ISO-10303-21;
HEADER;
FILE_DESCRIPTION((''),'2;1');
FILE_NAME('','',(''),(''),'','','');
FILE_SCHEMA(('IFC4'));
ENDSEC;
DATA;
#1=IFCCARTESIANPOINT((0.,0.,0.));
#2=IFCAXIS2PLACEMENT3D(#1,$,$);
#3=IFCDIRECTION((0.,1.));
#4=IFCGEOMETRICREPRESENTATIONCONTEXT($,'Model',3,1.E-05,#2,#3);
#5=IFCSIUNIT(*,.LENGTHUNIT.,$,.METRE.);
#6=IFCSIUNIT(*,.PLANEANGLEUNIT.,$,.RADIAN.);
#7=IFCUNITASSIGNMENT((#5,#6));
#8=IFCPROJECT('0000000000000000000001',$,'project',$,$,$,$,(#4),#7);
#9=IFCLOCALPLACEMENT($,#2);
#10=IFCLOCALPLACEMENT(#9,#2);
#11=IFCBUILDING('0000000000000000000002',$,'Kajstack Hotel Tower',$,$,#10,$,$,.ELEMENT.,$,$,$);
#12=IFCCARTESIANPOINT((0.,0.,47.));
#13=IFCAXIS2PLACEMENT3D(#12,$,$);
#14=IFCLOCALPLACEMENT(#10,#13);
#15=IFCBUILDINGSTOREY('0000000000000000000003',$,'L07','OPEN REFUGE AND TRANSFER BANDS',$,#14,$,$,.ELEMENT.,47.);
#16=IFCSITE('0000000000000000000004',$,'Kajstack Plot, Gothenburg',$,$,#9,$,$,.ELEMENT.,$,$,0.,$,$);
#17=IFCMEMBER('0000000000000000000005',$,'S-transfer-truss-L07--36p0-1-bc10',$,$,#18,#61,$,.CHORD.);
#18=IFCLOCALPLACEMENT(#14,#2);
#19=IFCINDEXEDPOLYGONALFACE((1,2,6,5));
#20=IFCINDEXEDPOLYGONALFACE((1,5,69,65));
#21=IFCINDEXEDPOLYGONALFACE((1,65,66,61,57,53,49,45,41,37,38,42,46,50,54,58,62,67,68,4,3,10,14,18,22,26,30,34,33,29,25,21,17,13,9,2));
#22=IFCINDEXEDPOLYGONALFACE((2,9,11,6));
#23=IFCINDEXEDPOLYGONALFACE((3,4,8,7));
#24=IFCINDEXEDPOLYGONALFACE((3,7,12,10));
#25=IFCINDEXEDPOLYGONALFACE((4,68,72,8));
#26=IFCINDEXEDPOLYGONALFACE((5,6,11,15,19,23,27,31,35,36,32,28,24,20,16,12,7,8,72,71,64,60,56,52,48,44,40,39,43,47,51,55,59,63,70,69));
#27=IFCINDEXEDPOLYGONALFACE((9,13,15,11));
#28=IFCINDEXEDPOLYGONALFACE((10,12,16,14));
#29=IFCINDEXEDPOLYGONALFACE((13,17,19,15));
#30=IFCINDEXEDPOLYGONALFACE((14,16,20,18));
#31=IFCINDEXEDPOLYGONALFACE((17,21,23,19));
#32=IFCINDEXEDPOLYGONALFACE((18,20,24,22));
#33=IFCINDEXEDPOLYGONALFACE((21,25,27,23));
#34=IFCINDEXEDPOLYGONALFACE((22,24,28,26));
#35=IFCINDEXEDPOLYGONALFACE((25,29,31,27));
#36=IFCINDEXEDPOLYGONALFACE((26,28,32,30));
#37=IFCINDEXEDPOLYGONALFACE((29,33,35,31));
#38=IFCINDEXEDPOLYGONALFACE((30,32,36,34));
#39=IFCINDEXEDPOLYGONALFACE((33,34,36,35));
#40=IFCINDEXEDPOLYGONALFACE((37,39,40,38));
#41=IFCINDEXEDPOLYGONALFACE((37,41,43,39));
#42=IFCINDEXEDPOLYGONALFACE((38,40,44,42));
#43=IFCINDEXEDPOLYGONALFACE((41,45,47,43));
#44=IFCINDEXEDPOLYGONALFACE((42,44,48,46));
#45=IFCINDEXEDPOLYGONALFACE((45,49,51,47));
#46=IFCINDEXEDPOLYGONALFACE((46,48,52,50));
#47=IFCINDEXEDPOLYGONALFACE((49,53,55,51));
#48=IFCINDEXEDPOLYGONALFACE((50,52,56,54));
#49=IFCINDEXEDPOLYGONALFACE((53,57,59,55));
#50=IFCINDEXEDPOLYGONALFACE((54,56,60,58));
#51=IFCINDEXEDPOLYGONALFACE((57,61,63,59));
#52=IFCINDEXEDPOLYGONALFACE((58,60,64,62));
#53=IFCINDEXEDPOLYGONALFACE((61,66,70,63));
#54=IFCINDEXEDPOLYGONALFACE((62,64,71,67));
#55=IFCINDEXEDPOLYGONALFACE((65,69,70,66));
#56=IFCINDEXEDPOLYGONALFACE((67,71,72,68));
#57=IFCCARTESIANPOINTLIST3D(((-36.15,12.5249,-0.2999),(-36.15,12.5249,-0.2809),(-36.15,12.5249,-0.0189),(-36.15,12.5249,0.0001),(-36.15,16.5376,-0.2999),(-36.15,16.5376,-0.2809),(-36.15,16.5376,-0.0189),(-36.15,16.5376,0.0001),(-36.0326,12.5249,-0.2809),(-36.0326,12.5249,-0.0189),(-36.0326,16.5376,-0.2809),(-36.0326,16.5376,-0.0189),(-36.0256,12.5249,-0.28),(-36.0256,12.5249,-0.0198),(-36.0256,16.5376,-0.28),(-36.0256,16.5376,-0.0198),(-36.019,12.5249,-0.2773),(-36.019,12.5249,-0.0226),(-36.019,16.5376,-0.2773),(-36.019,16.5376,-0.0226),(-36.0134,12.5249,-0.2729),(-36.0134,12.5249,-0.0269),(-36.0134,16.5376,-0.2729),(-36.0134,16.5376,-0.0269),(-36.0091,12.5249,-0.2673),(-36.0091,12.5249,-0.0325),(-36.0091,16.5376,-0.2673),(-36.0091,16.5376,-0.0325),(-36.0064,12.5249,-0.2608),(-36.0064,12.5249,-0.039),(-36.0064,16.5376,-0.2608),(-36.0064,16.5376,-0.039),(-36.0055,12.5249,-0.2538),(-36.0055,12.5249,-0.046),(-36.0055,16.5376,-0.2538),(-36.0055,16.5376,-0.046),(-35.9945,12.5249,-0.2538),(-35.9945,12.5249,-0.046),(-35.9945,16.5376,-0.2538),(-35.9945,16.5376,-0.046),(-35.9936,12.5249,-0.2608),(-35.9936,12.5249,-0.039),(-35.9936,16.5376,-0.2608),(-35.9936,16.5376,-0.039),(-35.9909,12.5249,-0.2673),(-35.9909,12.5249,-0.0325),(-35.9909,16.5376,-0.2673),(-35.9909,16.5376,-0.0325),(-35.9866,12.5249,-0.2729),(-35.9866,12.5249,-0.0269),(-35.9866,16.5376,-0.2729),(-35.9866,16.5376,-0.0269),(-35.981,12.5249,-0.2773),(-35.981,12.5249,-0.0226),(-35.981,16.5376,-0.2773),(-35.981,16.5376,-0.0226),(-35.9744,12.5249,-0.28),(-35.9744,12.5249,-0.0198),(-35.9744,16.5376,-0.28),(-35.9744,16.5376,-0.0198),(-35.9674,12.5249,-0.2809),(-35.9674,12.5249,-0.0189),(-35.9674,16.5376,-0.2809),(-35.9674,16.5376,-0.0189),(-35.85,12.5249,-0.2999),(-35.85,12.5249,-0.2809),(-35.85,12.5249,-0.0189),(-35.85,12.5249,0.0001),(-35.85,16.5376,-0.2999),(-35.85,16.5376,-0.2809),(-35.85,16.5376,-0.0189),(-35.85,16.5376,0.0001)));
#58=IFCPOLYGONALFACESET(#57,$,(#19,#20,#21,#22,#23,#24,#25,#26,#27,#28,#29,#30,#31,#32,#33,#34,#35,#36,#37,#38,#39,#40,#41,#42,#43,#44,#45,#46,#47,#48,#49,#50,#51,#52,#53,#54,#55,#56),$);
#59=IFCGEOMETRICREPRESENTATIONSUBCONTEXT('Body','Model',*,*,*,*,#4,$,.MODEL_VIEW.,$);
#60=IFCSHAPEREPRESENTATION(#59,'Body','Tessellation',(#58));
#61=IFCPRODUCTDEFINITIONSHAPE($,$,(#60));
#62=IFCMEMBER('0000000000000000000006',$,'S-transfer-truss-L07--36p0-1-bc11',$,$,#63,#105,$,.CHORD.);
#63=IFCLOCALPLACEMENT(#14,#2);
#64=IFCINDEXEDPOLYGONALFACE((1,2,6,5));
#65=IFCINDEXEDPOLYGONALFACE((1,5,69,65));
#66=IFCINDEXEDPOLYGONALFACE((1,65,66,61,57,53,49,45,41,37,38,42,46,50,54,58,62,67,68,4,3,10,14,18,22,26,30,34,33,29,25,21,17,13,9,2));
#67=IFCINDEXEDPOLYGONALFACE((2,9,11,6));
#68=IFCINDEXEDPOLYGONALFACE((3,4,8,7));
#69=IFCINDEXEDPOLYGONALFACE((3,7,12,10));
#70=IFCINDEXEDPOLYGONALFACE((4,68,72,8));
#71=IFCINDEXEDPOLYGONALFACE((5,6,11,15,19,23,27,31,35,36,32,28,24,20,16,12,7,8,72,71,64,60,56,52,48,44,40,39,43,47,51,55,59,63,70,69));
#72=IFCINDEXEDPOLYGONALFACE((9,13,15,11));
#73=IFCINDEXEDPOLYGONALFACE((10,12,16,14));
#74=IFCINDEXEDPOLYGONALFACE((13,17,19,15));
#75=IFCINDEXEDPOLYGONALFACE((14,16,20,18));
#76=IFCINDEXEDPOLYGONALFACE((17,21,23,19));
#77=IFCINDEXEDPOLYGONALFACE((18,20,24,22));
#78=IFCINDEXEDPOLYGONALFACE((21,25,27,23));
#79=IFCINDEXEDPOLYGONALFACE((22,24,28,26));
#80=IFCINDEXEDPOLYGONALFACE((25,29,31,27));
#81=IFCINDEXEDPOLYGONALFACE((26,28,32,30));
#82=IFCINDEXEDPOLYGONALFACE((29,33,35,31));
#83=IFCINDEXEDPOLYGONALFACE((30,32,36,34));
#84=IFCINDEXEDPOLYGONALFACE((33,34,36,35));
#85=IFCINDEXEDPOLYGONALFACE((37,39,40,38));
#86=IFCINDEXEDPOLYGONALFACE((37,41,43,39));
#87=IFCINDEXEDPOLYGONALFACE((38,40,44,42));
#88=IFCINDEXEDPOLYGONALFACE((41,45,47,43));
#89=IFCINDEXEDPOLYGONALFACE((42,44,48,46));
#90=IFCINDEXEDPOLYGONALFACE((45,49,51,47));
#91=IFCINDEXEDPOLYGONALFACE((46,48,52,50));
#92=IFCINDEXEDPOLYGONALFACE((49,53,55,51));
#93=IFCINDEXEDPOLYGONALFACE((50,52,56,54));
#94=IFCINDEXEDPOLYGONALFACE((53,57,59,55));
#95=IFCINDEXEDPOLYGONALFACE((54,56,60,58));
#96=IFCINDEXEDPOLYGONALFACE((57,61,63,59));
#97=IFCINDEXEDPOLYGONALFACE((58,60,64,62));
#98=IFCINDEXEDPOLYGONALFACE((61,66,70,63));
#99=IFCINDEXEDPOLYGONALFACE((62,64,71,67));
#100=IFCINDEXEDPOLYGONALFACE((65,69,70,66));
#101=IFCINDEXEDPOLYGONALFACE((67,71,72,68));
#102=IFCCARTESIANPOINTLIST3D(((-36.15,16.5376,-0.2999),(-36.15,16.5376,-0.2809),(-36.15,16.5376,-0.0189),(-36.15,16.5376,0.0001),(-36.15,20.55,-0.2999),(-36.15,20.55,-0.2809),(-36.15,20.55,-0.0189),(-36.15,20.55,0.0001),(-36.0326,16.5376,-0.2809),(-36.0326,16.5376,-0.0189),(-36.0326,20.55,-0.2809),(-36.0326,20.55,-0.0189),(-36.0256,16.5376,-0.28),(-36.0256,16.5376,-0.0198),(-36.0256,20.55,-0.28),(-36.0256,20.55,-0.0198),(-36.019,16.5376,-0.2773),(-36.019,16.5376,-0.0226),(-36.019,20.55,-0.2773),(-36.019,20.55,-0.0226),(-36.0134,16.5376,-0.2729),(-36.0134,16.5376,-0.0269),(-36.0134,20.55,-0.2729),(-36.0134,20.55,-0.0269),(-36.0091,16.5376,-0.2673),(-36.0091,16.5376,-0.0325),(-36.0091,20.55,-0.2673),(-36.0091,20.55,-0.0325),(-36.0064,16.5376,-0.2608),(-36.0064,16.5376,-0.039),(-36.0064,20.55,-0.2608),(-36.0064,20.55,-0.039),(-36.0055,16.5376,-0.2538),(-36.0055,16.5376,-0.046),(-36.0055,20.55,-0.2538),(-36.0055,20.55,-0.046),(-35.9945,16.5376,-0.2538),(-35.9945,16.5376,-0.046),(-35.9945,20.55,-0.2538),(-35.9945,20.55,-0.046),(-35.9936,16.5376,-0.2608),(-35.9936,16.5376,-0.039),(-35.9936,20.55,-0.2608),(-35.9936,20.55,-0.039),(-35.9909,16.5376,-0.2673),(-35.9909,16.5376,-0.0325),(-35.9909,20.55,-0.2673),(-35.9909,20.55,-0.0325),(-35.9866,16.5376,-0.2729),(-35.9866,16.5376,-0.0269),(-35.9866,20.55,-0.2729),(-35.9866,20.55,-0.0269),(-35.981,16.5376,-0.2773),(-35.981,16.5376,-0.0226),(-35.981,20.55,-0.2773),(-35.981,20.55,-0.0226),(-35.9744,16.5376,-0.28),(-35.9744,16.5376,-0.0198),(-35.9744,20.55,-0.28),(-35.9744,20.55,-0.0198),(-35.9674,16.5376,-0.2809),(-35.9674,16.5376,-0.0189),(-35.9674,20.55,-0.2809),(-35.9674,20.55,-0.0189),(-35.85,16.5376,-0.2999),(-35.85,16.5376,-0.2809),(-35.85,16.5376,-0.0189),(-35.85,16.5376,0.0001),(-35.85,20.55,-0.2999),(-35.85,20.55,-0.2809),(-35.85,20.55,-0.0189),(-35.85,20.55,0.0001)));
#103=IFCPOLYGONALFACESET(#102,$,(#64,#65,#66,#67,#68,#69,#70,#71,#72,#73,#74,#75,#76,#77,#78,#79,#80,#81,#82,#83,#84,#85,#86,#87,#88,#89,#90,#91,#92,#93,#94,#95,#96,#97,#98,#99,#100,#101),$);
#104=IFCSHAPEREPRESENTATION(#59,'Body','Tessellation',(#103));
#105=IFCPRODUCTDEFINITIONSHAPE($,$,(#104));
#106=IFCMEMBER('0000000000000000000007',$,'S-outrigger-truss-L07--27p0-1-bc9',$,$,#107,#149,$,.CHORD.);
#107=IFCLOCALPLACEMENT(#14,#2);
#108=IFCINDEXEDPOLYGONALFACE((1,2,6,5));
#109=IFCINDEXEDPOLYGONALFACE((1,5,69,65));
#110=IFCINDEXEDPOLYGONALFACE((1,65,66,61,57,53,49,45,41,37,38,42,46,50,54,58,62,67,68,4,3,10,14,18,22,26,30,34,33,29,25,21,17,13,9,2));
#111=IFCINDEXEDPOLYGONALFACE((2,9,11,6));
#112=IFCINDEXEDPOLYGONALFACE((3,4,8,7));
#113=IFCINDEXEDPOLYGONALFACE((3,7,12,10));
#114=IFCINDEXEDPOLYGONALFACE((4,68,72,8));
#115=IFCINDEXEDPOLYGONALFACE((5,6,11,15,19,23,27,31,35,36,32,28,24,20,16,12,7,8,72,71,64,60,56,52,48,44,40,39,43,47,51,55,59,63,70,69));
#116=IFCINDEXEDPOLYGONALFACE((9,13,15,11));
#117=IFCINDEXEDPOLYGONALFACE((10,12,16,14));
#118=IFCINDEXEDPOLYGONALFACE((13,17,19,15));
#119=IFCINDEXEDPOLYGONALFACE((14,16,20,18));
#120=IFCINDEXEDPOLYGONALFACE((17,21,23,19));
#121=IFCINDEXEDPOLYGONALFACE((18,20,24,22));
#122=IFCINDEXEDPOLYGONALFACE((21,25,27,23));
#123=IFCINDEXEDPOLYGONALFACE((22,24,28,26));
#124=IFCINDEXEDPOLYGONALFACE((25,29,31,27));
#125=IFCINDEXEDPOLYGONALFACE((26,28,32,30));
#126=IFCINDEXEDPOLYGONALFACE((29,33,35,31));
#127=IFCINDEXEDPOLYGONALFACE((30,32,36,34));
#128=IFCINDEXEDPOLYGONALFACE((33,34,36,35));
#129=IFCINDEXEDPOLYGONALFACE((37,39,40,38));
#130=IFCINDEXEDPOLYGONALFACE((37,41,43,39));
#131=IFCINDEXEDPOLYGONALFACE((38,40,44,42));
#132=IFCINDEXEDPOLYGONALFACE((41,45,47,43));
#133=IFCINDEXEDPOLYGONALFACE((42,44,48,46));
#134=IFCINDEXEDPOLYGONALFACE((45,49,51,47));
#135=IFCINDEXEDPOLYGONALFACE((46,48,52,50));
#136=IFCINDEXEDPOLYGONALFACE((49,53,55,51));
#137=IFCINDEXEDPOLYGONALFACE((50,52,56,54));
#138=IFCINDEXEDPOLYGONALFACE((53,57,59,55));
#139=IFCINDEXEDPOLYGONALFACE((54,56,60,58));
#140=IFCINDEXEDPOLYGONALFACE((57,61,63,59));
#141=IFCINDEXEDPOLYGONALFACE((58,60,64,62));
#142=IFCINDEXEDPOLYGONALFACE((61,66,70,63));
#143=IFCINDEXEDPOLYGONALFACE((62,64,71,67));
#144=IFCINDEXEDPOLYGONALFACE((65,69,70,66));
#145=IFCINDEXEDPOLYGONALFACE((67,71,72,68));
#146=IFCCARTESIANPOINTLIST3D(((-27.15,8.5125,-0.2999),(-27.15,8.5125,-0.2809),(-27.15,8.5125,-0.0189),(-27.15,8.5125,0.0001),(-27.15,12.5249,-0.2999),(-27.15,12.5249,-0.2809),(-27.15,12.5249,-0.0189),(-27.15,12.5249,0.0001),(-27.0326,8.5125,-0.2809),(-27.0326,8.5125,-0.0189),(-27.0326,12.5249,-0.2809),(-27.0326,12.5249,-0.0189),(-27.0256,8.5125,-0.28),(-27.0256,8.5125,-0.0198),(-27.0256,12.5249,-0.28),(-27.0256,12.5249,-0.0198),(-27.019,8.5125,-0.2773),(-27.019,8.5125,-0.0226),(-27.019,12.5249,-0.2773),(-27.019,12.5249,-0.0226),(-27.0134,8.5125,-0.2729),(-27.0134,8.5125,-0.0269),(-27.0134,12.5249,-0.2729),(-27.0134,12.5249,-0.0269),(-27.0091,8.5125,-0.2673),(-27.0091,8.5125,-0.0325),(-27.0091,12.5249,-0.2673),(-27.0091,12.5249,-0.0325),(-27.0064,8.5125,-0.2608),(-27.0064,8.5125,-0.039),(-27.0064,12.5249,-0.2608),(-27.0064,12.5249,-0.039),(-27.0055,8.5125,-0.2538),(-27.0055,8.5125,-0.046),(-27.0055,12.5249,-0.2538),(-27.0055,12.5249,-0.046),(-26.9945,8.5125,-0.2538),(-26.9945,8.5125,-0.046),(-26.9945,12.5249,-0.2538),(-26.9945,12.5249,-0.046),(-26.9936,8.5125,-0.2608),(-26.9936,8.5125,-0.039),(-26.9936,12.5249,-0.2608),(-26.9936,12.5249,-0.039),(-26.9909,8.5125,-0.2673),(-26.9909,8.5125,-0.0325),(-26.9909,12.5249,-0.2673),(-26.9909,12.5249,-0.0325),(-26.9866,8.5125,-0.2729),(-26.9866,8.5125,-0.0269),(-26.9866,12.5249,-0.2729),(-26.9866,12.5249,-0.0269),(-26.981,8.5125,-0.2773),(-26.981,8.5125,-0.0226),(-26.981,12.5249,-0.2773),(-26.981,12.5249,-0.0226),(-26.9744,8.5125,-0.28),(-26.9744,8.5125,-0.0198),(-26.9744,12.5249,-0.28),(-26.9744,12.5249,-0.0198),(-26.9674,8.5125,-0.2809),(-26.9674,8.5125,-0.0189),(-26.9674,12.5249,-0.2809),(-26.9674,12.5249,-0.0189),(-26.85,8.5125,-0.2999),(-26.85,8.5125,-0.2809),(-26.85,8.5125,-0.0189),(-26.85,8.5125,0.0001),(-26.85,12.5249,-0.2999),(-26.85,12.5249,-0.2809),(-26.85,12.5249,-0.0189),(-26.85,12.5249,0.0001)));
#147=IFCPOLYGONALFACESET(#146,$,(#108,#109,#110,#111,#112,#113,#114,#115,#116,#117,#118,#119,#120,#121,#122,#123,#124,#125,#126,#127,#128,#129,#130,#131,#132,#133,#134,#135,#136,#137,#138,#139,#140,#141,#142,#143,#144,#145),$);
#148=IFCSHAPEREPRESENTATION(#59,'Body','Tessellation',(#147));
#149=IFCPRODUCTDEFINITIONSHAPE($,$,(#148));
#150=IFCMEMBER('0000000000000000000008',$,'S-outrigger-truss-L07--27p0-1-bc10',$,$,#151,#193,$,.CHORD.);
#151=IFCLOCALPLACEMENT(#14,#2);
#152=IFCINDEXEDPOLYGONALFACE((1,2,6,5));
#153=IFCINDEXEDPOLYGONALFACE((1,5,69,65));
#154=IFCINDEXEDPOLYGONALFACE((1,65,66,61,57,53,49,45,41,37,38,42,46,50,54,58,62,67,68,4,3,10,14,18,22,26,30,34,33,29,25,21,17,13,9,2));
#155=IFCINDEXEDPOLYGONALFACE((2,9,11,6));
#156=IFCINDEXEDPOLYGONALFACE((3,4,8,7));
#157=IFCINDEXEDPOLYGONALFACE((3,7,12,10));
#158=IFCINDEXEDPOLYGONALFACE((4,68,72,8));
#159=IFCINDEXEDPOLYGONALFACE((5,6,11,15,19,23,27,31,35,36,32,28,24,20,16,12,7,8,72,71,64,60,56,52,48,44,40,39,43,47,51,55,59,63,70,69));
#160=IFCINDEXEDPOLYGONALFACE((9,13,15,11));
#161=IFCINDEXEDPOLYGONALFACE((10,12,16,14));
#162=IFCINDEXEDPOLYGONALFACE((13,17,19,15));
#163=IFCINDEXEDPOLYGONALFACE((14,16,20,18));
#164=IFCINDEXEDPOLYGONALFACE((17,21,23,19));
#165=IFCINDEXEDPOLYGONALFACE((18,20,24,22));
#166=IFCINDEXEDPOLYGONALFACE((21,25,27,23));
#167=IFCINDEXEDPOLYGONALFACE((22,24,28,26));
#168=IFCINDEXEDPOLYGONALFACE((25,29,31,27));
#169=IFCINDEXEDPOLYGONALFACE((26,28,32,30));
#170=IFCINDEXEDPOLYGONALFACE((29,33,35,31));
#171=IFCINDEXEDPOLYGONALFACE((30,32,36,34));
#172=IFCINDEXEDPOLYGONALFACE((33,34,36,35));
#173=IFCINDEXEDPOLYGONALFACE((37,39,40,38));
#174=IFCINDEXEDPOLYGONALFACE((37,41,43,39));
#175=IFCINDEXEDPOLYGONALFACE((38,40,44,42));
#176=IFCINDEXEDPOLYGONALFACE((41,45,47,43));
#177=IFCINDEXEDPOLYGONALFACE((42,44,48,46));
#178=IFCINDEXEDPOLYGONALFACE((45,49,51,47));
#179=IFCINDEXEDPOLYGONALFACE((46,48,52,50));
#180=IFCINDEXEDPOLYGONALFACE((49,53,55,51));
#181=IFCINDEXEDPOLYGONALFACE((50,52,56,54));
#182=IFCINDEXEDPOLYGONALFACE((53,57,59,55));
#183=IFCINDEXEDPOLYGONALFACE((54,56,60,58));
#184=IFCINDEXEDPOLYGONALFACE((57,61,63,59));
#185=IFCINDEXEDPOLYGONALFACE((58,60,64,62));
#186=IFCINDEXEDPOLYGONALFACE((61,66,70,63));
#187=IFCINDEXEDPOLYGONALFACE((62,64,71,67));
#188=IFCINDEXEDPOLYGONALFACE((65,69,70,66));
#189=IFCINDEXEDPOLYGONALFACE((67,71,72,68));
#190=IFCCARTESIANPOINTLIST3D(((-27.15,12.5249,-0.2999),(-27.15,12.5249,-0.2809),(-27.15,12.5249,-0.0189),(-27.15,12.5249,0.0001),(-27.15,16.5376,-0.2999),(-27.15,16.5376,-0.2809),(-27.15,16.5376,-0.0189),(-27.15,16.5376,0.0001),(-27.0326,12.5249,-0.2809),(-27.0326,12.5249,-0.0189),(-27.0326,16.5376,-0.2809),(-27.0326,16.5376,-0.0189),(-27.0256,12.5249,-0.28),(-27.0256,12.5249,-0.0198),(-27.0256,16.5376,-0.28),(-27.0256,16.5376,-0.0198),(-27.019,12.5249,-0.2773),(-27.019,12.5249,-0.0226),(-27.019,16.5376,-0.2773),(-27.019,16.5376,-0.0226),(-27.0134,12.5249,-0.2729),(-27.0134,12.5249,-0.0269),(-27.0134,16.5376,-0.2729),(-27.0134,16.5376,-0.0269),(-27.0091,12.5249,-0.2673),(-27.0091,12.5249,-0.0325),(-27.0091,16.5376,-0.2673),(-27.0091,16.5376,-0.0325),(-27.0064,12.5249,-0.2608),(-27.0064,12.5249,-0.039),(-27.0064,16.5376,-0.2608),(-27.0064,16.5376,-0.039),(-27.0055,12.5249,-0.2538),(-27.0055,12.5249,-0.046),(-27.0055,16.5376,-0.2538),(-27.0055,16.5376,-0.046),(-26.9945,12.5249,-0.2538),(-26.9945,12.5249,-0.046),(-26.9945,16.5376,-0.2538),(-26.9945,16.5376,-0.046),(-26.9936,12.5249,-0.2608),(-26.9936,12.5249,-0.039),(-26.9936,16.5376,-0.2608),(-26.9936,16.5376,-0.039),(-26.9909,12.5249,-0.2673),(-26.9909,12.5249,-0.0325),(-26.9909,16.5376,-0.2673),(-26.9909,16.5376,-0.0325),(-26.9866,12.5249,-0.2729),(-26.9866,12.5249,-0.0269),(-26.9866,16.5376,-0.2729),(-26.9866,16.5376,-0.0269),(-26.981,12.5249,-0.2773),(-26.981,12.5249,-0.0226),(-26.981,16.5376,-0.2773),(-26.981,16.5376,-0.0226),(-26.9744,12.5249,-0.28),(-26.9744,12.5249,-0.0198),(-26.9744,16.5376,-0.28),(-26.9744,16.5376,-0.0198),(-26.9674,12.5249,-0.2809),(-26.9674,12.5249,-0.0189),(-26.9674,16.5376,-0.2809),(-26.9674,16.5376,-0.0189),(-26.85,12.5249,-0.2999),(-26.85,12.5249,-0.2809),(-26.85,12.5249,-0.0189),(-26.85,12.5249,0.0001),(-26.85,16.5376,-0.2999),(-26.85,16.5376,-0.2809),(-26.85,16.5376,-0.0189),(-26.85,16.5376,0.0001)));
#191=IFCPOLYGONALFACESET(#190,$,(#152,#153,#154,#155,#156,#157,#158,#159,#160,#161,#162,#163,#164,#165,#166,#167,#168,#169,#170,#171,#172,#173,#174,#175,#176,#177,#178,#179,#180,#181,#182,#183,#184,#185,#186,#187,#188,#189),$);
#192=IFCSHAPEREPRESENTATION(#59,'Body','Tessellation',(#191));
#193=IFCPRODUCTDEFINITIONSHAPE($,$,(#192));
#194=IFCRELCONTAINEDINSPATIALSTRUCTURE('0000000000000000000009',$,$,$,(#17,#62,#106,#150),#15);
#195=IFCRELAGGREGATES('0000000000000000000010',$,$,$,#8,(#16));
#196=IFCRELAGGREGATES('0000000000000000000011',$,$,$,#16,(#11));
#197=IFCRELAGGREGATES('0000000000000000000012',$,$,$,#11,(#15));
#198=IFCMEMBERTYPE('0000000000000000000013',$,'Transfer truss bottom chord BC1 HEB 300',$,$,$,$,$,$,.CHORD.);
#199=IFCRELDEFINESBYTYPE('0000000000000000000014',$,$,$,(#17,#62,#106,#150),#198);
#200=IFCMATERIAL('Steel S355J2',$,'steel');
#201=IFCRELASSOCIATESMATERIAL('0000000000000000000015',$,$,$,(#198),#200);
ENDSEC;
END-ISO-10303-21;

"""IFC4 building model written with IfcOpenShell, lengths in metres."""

from ifc_helpers import new_model, si_unit, direction, frame, origin, origin_2d, place, context, subcontext, project, spatial, i_section, extrude, material, material_profile, profile_set, type_object, element, save


model = new_model("IFC4")

# Units and contexts
model_context = context("Model", 3, precision=1e-05, world=origin(), true_north=direction((0.0, 1.0)))
body_context = subcontext(model_context, "Body", "Model", "MODEL_VIEW")
ifc_project = project(units=[si_unit("LENGTHUNIT", "METRE"), si_unit("PLANEANGLEUNIT", "RADIAN")], contexts=[model_context])

# Site, building, storey
site_placement = place(None, origin())
site = spatial("IfcSite", under=ifc_project, at=site_placement, Name="Kajstack Plot, Gothenburg", CompositionType="ELEMENT", RefElevation=0.0)
building_placement = place(site_placement, origin())
building = spatial("IfcBuilding", under=site, at=building_placement, Name="Kajstack Hotel Tower", CompositionType="ELEMENT")
storey_placement = place(building_placement, frame((0.0, 0.0, 47.0)))
storey = spatial("IfcBuildingStorey", under=building, at=storey_placement, Name="L07", Description="OPEN REFUGE AND TRANSFER BANDS", CompositionType="ELEMENT", Elevation=47.0)

# Members
ifc_material = material(Name="Steel S355J2", Category="steel")
ifc_material_profile_1 = material_profile(ifc_material, i_section(OverallWidth=0.3, OverallDepth=0.3, WebThickness=0.011, FlangeThickness=0.019, FilletRadius=0.0271, at=origin_2d()), Name="HEB 300")
ifc_profile_set_1 = profile_set([ifc_material_profile_1], Name="Steel S355J2")
member_type_1 = type_object("IfcMemberType", Name="Transfer truss bottom chord BC1 HEB 300", PredefinedType="CHORD", material=ifc_profile_set_1)
member_1_placement = place(storey_placement, frame((-36.0, 12.5249, -0.1499), z_axis=(0.0, 1.0, 0.0), x_axis=(-1.0, 0.0, 0.0)))
element("IfcMember", 1, at=member_1_placement, inside=storey, type_object=member_type_1, Name="S-transfer-truss-L07--36p0-1-bc10", PredefinedType="CHORD", context=body_context, shape_type="SweptSolid", body=[
    extrude(i_section(OverallWidth=0.3, OverallDepth=0.3, WebThickness=0.011, FlangeThickness=0.019, FilletRadius=0.0271, at=origin_2d()), origin(), (0.0, 0.0, 1.0), 4.0127),
])
for number, where, z_axis, x_axis, name in (
    (2, (-36.0, 16.5376, -0.1499), (0.0, 1.0, 0.0), (-1.0, 0.0, 0.0), "S-transfer-truss-L07--36p0-1-bc11"),
    (3, (-27.0, 8.5125, -0.1499), (0.0, 1.0, 0.0), (-1.0, 0.0, 0.0), "S-outrigger-truss-L07--27p0-1-bc9"),
):
    element("IfcMember", number, at=place(storey_placement, frame(where, z_axis=z_axis, x_axis=x_axis)), inside=storey, type_object=member_type_1, Name=name, PredefinedType="CHORD", context=body_context, shape_type="SweptSolid", body=[
        extrude(i_section(OverallWidth=0.3, OverallDepth=0.3, WebThickness=0.011, FlangeThickness=0.019, FilletRadius=0.0271, at=origin_2d()), origin(), (0.0, 0.0, 1.0), 4.0125),
    ])
member_2_placement = place(storey_placement, frame((-27.0, 12.5249, -0.1499), z_axis=(0.0, 1.0, 0.0), x_axis=(-1.0, 0.0, 0.0)))
element("IfcMember", 4, at=member_2_placement, inside=storey, type_object=member_type_1, Name="S-outrigger-truss-L07--27p0-1-bc10", PredefinedType="CHORD", context=body_context, shape_type="SweptSolid", body=[
    extrude(i_section(OverallWidth=0.3, OverallDepth=0.3, WebThickness=0.011, FlangeThickness=0.019, FilletRadius=0.0271, at=origin_2d()), origin(), (0.0, 0.0, 1.0), 4.0127),
])

save(model, "model.ifc")
